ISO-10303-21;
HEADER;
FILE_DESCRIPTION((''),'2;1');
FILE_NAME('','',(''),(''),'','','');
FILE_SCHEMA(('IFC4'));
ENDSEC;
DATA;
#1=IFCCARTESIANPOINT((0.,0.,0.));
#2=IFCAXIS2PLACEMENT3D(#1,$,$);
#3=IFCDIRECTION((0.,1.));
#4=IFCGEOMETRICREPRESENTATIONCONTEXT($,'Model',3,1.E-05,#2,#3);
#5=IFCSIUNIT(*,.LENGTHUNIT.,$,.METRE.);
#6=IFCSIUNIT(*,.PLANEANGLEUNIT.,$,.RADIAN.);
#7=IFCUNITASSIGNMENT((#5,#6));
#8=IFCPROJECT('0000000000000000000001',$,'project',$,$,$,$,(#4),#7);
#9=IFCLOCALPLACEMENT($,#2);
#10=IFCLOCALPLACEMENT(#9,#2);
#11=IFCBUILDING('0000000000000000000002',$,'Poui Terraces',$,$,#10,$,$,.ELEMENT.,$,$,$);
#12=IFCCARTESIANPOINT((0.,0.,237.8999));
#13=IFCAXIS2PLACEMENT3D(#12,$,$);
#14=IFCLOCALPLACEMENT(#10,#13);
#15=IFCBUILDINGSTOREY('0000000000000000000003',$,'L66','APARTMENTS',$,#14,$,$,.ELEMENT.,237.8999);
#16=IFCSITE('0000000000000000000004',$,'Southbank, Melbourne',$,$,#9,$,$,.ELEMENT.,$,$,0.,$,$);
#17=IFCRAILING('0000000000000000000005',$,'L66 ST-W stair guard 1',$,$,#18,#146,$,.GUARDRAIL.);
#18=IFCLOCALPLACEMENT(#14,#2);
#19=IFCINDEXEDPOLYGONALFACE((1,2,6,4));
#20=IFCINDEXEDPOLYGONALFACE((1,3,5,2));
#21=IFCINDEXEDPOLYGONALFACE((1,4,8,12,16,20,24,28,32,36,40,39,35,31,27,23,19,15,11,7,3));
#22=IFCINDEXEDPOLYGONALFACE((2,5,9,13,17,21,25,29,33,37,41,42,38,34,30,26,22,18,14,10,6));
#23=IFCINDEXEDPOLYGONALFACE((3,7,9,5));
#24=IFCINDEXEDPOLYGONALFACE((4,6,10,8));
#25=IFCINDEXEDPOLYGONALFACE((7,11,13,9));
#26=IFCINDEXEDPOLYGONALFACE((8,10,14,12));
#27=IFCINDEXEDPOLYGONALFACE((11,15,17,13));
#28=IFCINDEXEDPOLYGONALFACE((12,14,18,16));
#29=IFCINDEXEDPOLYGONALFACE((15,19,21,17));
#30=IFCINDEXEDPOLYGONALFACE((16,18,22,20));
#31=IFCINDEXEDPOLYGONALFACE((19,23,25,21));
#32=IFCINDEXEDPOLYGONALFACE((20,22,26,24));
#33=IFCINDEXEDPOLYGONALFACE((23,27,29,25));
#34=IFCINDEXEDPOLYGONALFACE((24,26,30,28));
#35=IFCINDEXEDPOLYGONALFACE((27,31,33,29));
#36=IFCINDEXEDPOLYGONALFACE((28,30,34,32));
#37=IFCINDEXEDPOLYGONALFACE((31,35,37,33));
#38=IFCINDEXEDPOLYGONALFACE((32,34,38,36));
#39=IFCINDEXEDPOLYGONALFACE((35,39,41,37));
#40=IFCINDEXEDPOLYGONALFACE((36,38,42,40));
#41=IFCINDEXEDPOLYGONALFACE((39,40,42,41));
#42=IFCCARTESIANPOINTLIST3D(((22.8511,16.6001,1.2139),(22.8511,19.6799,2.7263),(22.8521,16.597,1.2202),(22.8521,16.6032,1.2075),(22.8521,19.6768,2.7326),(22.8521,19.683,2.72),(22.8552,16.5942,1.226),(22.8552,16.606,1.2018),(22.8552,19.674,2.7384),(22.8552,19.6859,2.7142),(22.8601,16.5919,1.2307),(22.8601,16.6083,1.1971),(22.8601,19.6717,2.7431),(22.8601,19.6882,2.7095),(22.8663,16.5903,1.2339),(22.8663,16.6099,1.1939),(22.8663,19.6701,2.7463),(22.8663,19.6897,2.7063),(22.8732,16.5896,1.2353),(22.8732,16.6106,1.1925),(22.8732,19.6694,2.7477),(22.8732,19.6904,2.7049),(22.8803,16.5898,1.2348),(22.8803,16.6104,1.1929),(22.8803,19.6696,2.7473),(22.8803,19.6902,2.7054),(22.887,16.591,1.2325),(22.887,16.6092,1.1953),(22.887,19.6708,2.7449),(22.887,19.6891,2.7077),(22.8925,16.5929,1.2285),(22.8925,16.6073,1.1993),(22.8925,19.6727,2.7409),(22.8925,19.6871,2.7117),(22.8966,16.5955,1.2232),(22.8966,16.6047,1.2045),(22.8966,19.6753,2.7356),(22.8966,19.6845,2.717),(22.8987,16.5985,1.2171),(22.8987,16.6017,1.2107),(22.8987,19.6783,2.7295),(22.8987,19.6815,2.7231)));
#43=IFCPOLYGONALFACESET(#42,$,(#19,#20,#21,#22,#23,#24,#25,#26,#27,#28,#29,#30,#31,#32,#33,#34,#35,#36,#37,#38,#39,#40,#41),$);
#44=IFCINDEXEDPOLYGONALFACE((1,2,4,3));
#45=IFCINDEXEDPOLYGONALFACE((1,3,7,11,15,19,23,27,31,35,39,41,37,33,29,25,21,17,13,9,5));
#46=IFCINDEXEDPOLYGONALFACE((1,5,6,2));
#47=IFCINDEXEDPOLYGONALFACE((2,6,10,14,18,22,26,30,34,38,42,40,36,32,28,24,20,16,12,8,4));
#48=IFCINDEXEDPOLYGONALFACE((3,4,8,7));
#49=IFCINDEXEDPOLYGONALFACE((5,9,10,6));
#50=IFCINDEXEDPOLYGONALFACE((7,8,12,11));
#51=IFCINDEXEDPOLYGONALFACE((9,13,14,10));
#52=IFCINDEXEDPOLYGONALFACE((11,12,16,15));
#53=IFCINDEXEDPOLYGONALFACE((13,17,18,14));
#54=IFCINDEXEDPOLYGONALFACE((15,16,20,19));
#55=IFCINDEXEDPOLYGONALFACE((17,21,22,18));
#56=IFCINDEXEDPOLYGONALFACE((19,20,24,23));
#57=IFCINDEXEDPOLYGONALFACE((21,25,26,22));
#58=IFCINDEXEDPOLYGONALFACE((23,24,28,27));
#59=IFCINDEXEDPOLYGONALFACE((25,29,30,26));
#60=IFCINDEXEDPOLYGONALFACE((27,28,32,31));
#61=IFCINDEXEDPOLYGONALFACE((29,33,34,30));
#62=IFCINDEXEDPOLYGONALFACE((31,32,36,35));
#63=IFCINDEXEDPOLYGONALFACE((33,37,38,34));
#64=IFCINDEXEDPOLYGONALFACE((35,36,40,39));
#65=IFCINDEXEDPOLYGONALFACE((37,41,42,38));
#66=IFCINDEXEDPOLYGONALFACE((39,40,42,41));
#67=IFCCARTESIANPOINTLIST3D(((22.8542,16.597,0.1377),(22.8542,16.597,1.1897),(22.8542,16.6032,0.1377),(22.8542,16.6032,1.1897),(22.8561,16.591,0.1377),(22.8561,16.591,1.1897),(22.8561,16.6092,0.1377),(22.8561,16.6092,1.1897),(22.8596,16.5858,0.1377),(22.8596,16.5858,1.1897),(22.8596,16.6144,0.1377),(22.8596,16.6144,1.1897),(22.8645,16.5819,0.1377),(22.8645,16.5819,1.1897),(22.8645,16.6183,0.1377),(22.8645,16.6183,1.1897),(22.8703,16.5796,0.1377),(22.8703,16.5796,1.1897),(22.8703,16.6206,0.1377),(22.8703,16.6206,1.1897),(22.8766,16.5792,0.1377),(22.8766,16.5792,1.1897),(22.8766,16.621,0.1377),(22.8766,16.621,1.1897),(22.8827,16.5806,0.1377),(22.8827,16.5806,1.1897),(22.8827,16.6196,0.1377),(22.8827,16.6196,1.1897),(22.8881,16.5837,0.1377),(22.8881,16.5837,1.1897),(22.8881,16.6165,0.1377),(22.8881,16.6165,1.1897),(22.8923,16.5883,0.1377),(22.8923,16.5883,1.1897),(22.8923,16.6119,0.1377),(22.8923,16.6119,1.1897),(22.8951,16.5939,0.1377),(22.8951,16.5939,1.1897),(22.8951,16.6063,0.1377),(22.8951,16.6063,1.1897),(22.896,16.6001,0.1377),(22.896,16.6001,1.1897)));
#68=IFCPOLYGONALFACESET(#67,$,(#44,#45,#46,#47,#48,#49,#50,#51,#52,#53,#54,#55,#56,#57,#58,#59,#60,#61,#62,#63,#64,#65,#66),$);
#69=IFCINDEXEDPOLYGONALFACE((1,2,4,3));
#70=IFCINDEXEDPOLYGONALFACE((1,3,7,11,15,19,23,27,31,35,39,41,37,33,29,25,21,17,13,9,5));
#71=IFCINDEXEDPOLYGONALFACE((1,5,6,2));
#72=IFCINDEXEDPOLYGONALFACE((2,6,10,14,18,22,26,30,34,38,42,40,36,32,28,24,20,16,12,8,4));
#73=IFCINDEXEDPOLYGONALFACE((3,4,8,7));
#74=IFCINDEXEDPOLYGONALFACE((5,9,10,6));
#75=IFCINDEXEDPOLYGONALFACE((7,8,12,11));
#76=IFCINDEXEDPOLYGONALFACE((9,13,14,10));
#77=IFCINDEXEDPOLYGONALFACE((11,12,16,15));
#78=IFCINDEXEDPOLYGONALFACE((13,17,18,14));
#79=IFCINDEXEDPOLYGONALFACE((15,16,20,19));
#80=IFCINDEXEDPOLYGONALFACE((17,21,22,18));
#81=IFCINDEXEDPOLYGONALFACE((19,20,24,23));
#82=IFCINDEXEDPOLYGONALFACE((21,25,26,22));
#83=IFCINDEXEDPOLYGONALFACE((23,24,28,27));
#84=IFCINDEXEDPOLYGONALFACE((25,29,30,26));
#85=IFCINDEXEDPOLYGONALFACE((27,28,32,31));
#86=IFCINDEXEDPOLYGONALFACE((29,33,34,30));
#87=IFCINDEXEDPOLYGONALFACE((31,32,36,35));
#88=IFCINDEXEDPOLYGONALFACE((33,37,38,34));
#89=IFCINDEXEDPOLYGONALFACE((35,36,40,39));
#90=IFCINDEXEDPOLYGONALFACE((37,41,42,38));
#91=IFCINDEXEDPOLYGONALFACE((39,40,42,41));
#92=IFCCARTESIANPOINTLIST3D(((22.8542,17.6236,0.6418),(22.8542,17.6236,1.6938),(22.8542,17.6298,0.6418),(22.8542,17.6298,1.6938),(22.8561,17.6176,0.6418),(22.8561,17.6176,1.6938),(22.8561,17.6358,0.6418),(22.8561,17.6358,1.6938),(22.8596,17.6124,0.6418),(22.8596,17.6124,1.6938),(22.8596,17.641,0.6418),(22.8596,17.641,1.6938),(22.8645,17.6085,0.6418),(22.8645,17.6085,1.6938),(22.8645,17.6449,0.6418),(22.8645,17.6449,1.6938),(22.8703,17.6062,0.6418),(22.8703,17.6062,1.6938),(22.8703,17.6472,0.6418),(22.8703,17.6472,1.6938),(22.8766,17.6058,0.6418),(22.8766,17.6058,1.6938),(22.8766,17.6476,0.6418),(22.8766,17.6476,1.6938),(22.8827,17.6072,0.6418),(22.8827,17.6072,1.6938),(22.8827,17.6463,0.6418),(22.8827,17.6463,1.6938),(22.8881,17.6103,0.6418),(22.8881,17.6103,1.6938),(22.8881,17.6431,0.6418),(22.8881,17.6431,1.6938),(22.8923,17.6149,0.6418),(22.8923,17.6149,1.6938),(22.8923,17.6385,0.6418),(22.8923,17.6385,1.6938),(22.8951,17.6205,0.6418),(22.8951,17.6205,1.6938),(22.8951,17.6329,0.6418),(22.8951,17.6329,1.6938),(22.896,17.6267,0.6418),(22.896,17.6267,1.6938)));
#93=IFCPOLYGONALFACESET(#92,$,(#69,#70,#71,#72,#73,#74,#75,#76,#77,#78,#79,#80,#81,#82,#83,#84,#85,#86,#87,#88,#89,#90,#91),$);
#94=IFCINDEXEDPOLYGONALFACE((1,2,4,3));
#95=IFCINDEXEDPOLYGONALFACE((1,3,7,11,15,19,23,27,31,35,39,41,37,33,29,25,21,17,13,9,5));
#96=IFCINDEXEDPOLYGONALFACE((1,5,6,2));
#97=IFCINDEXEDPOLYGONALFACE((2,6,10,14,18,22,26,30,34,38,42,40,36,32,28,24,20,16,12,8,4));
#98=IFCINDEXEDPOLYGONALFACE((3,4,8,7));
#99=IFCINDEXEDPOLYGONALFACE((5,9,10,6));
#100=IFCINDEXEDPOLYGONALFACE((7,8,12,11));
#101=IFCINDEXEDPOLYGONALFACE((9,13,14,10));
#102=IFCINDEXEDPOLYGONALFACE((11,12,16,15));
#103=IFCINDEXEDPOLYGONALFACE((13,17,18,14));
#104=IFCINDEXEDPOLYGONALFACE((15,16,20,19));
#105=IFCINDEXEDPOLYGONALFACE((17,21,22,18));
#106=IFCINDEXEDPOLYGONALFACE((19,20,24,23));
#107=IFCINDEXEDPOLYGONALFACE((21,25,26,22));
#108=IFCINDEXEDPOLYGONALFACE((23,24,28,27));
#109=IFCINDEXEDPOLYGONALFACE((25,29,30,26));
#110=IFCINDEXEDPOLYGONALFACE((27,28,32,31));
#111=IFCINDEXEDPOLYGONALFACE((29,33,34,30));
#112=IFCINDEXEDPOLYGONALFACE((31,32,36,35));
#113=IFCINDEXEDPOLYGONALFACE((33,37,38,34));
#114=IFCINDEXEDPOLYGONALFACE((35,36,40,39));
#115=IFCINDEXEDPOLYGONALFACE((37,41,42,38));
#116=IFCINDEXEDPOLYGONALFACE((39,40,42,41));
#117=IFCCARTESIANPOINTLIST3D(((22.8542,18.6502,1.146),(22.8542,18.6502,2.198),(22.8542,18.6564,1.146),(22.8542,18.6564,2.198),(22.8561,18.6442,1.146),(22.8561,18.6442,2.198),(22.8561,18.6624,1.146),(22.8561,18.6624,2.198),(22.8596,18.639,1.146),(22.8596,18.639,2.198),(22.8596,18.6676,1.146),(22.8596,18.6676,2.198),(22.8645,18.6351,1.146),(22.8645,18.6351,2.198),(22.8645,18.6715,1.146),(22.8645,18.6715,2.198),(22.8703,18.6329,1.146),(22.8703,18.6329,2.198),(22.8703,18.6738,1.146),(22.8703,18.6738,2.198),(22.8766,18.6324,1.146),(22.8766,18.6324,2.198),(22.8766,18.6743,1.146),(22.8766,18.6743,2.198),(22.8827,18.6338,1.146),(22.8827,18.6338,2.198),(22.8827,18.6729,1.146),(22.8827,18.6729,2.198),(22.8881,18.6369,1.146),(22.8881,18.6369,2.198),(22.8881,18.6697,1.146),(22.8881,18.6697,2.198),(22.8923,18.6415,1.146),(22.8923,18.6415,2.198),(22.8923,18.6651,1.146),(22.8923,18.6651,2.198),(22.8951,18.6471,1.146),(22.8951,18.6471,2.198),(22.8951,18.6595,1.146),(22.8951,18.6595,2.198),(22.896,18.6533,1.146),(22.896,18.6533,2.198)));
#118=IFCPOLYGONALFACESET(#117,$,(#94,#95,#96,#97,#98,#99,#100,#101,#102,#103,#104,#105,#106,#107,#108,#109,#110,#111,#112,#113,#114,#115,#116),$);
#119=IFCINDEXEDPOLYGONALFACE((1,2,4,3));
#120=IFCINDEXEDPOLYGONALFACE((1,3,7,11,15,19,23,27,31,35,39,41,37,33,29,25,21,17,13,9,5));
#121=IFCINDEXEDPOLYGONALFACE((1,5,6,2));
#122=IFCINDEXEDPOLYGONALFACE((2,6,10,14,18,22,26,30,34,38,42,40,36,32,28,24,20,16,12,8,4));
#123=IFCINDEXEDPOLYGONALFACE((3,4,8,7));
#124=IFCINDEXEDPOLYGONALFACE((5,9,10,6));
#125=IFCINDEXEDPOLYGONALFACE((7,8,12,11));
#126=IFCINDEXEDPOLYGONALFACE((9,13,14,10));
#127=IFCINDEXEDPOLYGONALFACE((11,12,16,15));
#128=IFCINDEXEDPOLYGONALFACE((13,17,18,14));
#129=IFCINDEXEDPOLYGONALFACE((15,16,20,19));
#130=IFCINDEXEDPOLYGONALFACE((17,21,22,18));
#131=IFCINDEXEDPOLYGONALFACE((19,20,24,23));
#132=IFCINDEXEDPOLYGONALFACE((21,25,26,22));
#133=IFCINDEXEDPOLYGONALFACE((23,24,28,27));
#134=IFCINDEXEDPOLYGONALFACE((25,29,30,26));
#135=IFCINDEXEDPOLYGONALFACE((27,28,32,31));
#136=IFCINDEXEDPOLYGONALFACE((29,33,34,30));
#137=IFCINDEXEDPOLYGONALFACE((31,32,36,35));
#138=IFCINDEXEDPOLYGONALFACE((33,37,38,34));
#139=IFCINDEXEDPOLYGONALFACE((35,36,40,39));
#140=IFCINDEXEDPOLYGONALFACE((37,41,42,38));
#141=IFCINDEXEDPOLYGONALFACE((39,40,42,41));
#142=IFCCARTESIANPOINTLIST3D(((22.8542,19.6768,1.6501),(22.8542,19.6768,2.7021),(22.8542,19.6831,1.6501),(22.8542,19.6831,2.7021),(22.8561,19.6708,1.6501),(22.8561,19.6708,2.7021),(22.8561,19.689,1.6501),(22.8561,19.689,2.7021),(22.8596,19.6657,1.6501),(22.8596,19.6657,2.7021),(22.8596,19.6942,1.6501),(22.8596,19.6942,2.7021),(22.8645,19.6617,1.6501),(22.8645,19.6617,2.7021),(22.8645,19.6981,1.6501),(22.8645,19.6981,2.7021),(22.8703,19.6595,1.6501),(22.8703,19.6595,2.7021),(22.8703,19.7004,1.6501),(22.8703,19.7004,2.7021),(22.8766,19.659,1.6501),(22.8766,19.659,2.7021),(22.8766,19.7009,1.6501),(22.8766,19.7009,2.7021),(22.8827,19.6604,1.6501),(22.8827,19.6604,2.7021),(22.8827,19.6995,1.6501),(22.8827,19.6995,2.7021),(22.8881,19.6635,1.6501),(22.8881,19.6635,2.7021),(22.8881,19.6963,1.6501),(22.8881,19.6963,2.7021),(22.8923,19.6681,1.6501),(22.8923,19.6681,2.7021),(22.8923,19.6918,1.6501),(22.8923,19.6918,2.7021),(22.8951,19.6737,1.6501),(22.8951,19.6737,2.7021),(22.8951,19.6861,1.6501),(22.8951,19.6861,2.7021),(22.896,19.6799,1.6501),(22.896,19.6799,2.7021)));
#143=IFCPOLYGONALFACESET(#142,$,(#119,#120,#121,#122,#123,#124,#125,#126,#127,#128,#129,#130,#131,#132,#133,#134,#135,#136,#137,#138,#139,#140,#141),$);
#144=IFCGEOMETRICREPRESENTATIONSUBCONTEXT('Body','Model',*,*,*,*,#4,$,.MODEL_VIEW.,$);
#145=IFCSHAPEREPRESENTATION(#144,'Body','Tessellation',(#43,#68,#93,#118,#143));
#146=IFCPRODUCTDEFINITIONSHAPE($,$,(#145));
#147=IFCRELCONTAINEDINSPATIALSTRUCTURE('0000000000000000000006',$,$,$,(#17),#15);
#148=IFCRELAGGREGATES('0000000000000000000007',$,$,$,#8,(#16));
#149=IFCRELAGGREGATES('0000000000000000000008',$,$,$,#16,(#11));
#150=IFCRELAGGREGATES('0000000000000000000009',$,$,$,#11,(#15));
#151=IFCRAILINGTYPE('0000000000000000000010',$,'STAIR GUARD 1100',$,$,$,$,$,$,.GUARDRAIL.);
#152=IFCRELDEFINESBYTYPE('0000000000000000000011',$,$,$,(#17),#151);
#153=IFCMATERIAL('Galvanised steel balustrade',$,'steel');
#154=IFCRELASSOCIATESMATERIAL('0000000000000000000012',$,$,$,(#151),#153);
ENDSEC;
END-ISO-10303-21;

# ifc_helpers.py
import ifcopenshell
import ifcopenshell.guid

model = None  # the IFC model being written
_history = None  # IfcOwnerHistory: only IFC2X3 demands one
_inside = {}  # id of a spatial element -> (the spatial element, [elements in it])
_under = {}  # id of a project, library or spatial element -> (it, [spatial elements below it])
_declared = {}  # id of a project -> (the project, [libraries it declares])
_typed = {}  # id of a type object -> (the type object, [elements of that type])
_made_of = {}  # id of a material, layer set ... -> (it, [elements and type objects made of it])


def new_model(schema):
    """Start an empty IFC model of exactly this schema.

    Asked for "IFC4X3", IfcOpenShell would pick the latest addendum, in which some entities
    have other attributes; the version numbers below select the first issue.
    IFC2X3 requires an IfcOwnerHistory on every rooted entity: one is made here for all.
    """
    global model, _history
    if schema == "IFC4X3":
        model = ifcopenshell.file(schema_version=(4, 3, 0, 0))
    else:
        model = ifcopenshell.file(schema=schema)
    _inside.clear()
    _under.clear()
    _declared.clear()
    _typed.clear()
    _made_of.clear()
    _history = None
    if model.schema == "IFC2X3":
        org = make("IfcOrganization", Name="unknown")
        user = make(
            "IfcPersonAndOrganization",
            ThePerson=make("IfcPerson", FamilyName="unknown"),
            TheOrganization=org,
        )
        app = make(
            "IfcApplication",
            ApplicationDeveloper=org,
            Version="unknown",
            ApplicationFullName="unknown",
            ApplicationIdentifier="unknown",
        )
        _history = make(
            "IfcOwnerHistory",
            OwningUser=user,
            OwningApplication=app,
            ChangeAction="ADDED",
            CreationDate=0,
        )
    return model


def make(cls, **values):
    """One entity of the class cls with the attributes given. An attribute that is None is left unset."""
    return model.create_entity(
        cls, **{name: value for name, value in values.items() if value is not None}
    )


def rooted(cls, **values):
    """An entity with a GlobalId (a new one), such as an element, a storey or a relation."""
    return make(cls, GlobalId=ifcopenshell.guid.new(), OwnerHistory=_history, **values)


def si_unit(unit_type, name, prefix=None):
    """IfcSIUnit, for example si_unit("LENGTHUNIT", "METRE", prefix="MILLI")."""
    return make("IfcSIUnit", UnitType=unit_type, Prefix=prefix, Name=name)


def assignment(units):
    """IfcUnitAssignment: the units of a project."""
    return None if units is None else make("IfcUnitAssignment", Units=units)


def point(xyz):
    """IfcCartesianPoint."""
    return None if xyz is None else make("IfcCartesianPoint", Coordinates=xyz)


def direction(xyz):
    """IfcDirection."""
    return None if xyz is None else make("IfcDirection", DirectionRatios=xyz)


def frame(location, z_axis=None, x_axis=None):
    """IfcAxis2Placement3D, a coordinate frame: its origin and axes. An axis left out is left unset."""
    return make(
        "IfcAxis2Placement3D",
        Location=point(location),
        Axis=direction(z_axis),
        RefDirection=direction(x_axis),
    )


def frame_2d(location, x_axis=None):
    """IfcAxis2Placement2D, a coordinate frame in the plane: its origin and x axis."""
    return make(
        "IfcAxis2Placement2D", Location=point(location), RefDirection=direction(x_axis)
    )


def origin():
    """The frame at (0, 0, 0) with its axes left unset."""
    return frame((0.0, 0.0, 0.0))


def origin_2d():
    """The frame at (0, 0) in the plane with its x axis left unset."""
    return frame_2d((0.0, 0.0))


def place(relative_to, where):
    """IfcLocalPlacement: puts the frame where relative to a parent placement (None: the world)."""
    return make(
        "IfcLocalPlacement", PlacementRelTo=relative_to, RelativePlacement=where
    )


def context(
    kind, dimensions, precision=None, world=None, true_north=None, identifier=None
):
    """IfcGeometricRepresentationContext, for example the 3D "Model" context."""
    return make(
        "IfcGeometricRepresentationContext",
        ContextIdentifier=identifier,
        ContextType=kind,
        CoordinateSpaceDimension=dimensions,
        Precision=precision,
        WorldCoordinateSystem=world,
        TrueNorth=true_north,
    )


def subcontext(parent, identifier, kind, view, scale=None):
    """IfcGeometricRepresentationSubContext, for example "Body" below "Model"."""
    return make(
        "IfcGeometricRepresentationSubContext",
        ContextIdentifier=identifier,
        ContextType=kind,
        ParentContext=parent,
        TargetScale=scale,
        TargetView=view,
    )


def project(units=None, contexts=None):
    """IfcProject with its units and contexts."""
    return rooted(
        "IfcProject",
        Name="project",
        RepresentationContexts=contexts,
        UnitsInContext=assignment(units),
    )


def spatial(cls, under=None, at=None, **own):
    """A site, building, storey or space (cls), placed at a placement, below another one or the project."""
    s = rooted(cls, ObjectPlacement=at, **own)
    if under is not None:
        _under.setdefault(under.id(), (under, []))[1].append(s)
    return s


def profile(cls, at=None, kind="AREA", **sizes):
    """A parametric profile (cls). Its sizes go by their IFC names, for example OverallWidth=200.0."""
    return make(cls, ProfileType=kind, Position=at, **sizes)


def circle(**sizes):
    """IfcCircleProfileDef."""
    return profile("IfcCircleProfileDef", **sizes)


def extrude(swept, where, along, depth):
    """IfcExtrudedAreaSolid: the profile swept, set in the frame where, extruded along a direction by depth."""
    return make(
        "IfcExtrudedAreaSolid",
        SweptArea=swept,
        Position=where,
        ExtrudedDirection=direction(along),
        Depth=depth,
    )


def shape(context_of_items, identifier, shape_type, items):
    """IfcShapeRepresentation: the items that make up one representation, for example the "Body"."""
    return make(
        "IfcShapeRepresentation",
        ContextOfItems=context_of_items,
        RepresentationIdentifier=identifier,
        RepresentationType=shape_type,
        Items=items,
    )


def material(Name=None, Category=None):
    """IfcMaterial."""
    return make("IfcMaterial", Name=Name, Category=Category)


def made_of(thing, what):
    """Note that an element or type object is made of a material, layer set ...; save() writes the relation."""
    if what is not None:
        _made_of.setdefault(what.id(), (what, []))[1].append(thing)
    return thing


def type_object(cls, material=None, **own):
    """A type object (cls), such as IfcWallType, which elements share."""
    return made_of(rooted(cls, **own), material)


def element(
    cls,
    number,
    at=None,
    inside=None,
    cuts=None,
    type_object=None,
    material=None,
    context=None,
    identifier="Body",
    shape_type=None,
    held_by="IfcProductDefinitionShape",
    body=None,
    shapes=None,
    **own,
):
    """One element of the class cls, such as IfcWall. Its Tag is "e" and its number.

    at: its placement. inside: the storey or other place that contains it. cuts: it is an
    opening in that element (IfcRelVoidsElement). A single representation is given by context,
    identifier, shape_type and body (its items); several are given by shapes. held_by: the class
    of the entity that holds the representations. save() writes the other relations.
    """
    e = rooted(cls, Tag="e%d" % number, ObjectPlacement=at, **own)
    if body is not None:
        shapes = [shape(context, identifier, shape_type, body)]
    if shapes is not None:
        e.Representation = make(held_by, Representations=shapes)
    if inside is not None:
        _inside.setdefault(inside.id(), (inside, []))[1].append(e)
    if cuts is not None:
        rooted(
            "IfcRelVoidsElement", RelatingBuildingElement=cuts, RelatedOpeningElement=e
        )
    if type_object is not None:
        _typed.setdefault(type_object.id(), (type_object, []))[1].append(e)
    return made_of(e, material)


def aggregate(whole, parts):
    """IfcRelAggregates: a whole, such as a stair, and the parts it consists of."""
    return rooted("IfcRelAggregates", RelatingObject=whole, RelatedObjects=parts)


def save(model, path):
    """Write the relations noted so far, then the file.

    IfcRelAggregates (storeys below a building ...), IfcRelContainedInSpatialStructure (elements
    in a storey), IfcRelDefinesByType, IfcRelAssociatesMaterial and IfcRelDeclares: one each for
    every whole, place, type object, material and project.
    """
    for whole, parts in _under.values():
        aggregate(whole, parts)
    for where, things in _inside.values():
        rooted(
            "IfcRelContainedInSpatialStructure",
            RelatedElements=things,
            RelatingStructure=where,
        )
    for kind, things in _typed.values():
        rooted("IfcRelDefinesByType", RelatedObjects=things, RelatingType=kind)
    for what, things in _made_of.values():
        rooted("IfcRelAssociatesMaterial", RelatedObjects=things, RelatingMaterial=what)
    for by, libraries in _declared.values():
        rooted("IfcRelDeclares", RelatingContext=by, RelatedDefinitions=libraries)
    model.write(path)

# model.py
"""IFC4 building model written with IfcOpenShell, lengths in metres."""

from ifc_helpers import new_model, si_unit, direction, frame, origin, origin_2d, place, context, subcontext, project, spatial, circle, extrude, material, type_object, element, save


model = new_model("IFC4")

# Units and contexts
model_context = context("Model", 3, precision=1e-05, world=origin(), true_north=direction((0.0, 1.0)))
body_context = subcontext(model_context, "Body", "Model", "MODEL_VIEW")
ifc_project = project(units=[si_unit("LENGTHUNIT", "METRE"), si_unit("PLANEANGLEUNIT", "RADIAN")], contexts=[model_context])

# Site, building, storey
site_placement = place(None, origin())
site = spatial("IfcSite", under=ifc_project, at=site_placement, Name="Southbank, Melbourne", CompositionType="ELEMENT", RefElevation=0.0)
building_placement = place(site_placement, origin())
building = spatial("IfcBuilding", under=site, at=building_placement, Name="Poui Terraces", CompositionType="ELEMENT")
storey_placement = place(building_placement, frame((0.0, 0.0, 237.8999)))
storey = spatial("IfcBuildingStorey", under=building, at=storey_placement, Name="L66", Description="APARTMENTS", CompositionType="ELEMENT", Elevation=237.8999)

# Railing
ifc_material_1 = material(Name="Galvanised steel balustrade", Category="steel")
railing_type_1 = type_object("IfcRailingType", Name="STAIR GUARD 1100", PredefinedType="GUARDRAIL", material=ifc_material_1)
railing_1_placement = place(storey_placement, frame((22.875, 16.6001, 0.1377)))
element("IfcRailing", 1, at=railing_1_placement, inside=storey, type_object=railing_type_1, Name="L66 ST-W stair guard 1", PredefinedType="GUARDRAIL", context=body_context, shape_type="SweptSolid", body=[
    extrude(circle(Radius=0.0239, at=origin_2d()), frame((0.0, 0.0, 1.0762), z_axis=(0.0, 0.897606, 0.440798), x_axis=(-1.0, 0.0, 0.0)), (0.0, 0.0, 1.0), 3.4312),
    extrude(circle(Radius=0.021, at=origin_2d()), origin(), (0.0, 0.0, 1.0), 1.052),
    extrude(circle(Radius=0.021, at=origin_2d()), frame((0.0, 1.0266, 0.5042)), (0.0, 0.0, 1.0), 1.052),
    extrude(circle(Radius=0.021, at=origin_2d()), frame((0.0, 2.0532, 1.0083)), (0.0, 0.0, 1.0), 1.052),
    extrude(circle(Radius=0.021, at=origin_2d()), frame((0.0, 3.0798, 1.5125)), (0.0, 0.0, 1.0), 1.052),
])

save(model, "model.ifc")
